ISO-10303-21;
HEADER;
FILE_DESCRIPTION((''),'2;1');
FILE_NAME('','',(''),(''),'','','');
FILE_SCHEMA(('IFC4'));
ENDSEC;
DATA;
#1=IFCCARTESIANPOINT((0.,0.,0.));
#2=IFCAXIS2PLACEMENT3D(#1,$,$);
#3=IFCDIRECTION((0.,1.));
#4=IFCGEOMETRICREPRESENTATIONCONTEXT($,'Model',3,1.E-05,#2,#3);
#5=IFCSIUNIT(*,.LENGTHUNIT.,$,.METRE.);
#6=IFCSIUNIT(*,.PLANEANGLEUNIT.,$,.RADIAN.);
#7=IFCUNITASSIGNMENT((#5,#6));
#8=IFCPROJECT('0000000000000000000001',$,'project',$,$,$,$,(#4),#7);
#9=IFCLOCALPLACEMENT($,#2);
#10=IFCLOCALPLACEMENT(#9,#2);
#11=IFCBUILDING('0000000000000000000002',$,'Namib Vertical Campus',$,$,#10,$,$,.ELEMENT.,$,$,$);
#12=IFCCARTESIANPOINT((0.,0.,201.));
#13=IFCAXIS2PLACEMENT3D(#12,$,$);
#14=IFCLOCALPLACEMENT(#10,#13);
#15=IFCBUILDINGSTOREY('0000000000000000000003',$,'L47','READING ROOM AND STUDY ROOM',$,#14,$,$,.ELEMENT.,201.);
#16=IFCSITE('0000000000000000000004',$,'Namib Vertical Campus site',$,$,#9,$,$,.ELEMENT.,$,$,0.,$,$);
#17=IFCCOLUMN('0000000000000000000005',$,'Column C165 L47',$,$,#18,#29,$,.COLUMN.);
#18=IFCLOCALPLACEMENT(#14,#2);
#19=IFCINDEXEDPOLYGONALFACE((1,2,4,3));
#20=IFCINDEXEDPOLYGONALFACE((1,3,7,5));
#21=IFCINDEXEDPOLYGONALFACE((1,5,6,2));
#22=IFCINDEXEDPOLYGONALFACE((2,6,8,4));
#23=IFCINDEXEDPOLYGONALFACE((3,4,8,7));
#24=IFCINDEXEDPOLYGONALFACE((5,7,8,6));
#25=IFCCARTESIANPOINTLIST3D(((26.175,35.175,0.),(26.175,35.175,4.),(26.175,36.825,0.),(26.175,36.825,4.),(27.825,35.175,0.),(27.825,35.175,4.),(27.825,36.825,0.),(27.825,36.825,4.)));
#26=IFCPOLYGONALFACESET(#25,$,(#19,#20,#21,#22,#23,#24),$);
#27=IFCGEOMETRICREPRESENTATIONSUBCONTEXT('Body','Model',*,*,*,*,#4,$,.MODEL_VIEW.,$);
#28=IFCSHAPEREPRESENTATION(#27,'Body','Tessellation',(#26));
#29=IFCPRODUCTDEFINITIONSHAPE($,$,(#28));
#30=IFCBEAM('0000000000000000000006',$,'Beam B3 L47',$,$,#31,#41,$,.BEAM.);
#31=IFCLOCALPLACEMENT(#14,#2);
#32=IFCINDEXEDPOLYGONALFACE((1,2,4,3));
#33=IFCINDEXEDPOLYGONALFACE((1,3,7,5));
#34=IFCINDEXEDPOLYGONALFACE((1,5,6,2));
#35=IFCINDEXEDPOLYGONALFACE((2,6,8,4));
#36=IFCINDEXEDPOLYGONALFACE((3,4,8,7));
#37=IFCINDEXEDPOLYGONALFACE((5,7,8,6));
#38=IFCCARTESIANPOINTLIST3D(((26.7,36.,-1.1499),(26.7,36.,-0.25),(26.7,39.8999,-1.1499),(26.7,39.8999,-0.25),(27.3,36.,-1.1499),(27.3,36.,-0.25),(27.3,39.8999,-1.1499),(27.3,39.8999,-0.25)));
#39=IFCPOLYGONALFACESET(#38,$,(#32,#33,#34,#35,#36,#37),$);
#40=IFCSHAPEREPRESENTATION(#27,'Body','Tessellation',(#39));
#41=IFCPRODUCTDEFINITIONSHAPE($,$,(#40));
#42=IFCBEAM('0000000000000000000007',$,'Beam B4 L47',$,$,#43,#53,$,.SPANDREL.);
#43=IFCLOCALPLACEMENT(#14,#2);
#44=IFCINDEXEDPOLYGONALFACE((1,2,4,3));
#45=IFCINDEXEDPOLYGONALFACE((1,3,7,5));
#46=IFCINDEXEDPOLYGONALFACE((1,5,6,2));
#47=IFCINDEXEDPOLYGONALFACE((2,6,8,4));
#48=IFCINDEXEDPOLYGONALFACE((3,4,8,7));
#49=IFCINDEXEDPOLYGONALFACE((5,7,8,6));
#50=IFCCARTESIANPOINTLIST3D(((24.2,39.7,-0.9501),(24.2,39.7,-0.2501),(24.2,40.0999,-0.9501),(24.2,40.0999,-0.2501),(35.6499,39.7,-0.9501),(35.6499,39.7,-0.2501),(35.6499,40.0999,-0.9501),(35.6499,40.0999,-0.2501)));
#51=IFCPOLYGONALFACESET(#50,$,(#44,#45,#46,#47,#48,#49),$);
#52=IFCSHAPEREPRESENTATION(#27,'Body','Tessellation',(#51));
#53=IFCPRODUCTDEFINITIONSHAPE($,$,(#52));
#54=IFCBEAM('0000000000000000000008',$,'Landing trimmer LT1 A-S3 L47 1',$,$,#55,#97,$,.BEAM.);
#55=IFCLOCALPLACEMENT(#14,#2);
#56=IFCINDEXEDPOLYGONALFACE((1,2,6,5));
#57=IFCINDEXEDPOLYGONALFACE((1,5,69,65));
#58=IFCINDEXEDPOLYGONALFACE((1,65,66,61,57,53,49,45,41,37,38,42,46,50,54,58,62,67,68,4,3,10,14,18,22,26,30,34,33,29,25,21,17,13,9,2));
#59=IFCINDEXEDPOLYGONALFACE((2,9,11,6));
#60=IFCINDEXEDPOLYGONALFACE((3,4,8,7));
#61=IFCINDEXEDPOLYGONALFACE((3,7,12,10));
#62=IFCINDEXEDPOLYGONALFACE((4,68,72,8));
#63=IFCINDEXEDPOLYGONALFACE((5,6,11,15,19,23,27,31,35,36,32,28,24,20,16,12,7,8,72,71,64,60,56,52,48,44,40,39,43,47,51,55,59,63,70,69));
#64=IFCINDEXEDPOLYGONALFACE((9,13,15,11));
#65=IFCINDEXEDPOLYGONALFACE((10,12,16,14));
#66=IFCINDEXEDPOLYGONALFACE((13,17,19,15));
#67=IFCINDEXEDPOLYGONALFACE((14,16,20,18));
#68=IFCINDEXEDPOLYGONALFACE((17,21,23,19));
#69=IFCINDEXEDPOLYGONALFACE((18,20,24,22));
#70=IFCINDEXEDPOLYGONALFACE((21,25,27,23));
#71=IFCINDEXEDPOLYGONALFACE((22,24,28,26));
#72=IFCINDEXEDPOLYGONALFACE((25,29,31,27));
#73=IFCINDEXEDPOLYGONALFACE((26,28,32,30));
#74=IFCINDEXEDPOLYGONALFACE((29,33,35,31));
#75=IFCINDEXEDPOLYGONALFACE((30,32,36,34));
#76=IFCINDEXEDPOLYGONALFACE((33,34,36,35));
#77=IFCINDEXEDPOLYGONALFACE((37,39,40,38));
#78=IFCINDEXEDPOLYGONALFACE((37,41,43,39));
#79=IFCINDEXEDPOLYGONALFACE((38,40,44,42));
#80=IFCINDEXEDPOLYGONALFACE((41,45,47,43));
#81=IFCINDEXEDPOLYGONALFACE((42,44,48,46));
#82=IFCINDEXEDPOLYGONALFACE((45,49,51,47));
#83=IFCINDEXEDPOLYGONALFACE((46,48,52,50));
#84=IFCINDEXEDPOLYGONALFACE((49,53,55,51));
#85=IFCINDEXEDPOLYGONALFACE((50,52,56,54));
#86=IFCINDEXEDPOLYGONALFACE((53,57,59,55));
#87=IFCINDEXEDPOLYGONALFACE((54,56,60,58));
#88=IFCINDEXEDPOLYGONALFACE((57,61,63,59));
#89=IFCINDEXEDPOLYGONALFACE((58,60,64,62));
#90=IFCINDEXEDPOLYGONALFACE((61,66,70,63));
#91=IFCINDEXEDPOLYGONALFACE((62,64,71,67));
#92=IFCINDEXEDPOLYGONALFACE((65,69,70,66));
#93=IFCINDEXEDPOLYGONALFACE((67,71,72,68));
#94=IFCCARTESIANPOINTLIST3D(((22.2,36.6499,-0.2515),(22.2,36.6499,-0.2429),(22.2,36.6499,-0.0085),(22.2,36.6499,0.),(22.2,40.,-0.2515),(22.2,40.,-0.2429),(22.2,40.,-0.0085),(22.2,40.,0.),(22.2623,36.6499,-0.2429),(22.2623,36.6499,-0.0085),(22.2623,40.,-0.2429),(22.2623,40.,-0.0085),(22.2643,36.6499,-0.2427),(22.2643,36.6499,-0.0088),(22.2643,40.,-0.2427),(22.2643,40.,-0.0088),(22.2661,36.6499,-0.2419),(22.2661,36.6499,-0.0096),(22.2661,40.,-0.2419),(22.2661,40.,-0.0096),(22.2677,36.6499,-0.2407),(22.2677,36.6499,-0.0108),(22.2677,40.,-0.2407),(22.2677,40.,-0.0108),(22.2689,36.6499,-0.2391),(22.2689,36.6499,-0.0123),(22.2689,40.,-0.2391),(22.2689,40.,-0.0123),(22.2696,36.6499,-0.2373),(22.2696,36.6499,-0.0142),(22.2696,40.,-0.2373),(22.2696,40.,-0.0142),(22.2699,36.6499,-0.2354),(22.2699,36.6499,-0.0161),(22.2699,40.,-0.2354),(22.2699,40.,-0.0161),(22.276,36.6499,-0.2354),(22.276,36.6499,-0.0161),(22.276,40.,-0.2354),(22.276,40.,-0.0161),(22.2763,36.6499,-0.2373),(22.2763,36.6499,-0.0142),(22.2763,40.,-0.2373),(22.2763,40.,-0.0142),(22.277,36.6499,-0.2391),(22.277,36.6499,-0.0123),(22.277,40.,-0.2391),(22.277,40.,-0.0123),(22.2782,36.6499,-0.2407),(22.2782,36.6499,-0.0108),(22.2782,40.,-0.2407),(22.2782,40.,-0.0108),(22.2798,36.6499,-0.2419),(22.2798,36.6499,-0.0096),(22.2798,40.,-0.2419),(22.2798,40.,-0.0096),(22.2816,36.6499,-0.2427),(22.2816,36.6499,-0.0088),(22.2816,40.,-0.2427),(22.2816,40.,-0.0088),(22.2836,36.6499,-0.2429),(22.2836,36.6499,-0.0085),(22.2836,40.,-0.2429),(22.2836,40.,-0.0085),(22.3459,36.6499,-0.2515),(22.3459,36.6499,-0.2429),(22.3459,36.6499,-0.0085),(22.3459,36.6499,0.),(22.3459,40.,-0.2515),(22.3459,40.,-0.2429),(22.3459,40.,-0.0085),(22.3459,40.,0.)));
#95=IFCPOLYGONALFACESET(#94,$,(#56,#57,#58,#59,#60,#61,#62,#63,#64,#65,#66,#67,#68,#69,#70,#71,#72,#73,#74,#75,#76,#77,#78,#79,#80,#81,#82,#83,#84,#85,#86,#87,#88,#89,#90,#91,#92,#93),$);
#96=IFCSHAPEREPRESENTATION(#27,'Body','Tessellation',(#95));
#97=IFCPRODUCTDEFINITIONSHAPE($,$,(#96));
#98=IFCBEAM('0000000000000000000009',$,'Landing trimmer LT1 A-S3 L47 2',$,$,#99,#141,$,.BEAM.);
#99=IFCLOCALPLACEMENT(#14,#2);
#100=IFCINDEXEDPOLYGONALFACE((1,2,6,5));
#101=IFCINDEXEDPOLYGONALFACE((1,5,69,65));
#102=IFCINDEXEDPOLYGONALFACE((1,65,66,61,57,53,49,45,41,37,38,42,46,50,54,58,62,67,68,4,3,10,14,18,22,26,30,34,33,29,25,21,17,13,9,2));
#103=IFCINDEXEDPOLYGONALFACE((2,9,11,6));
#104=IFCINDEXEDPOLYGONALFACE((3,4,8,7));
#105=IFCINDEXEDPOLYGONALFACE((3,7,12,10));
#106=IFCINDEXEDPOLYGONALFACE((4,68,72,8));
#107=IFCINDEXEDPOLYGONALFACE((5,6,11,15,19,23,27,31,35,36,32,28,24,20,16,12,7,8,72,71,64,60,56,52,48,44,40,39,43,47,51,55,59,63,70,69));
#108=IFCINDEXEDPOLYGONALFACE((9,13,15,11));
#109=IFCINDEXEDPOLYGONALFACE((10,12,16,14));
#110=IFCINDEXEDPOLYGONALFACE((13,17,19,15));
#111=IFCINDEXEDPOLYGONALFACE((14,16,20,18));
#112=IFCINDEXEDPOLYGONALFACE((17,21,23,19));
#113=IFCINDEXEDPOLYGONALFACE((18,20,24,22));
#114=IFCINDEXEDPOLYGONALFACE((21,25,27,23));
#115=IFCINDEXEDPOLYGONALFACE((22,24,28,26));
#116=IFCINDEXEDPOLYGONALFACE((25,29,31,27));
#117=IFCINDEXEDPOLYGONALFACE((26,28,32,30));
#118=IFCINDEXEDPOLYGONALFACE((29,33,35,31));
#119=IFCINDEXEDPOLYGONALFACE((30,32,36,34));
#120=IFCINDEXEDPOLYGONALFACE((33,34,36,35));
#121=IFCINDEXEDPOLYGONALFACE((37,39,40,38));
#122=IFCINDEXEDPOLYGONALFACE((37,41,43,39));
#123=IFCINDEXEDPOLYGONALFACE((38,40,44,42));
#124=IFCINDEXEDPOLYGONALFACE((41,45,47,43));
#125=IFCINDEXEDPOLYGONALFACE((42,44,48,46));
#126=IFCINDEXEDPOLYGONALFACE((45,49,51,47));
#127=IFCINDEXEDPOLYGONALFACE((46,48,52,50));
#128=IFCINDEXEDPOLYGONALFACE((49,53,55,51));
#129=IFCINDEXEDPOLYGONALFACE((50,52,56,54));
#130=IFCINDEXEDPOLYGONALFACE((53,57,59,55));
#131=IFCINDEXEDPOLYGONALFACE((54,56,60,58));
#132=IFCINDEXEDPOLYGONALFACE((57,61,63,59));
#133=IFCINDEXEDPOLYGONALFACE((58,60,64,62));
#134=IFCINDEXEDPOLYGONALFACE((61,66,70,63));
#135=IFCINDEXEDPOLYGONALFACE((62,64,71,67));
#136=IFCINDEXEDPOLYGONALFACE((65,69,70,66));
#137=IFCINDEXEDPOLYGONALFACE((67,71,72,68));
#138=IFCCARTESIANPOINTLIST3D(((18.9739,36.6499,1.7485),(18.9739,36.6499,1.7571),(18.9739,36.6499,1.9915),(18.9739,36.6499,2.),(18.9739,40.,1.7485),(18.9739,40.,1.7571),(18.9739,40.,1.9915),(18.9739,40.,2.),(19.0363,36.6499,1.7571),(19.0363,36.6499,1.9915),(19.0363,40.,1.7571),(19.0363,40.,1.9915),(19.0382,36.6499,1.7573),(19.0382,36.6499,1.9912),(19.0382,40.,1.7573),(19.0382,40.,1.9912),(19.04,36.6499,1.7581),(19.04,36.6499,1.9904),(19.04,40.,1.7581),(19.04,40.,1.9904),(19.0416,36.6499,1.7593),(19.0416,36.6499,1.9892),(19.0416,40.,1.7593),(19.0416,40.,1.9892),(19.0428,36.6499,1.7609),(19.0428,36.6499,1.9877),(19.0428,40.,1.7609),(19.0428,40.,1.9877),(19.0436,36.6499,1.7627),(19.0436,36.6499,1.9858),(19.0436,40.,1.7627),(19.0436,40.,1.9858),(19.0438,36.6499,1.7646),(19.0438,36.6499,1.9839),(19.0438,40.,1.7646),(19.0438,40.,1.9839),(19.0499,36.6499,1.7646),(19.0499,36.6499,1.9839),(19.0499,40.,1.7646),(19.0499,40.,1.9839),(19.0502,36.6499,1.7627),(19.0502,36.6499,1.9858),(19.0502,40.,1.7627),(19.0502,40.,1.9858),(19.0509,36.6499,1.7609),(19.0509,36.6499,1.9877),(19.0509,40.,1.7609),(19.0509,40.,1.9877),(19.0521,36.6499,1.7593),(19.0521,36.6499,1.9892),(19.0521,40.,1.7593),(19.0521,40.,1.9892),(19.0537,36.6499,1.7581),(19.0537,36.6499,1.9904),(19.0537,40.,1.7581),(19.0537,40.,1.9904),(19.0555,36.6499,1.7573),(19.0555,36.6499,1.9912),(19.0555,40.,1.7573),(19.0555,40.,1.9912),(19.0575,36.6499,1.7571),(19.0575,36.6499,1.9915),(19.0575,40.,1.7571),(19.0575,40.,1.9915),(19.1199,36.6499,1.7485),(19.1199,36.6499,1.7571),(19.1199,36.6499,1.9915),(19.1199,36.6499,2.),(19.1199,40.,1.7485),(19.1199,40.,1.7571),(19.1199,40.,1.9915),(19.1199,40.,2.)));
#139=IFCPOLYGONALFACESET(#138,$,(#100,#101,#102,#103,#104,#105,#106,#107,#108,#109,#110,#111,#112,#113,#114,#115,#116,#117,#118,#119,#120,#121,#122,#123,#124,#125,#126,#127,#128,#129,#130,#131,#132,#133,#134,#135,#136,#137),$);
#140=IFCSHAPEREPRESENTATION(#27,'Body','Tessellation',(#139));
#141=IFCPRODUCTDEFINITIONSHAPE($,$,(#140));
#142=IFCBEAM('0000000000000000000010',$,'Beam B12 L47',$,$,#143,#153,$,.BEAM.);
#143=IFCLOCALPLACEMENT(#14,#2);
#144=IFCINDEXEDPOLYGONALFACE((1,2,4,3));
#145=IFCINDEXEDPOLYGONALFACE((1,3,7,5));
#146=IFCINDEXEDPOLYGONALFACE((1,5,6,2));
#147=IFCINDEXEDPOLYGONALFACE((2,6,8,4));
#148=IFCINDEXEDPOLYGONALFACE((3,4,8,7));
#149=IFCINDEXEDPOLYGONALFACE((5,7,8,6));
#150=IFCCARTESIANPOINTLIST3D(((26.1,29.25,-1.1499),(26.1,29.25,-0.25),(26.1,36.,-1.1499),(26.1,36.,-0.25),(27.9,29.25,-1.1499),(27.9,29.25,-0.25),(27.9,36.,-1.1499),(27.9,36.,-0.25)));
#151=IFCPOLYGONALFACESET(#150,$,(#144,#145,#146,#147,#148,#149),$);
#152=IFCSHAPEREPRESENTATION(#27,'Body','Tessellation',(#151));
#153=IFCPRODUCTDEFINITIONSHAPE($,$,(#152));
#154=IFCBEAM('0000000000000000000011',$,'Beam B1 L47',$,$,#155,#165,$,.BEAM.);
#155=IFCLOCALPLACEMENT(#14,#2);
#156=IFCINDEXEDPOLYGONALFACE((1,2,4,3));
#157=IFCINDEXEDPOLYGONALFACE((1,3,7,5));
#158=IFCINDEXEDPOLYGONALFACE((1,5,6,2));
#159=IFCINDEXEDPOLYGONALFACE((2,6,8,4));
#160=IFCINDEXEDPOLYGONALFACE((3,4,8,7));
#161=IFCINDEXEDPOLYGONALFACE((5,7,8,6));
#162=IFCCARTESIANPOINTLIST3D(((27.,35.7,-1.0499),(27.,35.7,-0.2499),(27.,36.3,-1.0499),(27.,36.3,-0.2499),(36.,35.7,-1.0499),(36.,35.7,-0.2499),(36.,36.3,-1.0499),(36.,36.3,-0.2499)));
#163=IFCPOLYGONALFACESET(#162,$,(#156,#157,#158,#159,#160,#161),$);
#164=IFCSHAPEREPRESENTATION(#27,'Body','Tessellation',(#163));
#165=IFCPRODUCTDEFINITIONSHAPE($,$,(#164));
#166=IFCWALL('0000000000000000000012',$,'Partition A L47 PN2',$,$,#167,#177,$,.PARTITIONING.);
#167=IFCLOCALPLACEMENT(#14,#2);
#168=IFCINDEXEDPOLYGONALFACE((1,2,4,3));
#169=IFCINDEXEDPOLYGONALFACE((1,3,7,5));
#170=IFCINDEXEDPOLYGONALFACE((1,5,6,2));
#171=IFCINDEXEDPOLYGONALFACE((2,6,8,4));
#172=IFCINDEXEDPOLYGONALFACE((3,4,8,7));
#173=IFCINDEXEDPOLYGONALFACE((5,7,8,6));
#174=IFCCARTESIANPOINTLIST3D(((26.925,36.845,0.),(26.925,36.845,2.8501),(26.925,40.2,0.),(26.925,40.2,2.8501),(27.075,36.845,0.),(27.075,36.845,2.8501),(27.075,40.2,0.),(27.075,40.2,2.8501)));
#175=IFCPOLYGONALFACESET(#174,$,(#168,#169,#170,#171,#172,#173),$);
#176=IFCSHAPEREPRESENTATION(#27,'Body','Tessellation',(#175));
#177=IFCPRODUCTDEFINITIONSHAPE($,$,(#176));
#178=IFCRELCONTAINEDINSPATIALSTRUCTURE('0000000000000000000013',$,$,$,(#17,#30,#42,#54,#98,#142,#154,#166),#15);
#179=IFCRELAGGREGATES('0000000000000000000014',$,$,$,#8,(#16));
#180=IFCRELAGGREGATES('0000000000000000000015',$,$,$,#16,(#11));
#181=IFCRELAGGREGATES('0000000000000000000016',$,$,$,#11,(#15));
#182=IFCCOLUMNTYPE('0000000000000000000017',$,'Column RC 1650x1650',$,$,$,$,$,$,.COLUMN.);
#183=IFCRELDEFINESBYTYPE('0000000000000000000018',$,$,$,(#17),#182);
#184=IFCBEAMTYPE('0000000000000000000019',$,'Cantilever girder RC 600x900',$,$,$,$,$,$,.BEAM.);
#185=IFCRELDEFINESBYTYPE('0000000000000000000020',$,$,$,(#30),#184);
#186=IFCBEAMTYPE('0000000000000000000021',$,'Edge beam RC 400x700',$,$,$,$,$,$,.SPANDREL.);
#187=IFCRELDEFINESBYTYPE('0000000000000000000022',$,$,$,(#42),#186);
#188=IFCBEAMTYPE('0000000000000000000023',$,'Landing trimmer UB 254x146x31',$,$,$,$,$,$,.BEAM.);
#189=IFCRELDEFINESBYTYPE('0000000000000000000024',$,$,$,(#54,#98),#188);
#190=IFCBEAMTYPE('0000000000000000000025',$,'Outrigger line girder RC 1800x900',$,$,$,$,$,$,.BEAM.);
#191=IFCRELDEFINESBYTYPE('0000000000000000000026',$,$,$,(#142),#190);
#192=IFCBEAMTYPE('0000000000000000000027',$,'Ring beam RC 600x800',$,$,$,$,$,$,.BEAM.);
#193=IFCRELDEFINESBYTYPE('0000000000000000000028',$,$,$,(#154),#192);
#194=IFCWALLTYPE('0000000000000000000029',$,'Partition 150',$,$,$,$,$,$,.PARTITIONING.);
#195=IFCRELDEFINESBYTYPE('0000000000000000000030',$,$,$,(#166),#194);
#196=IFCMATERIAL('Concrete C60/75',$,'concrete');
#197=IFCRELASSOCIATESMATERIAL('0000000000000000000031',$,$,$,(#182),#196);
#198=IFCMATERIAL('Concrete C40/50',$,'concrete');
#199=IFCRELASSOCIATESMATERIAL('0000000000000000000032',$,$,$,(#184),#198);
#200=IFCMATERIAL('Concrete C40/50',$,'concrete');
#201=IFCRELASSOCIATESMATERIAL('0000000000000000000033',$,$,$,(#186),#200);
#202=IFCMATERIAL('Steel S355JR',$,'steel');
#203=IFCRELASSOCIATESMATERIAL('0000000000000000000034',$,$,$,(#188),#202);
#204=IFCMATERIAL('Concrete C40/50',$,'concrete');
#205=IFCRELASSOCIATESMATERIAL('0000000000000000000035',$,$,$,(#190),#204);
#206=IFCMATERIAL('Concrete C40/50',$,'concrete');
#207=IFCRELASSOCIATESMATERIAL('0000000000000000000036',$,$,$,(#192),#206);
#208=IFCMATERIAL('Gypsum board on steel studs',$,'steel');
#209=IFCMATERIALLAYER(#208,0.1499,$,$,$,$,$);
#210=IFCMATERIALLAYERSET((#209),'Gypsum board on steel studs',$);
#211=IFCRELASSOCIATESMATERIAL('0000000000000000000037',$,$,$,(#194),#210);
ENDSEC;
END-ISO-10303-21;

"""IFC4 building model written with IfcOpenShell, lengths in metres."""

from ifc_helpers import new_model, si_unit, direction, frame, frame_2d, origin, origin_2d, place, context, subcontext, project, spatial, rectangle, i_section, extrude, material, layer, layer_set, material_profile, profile_set, type_object, element, save


model = new_model("IFC4")

# Units and contexts
model_context = context("Model", 3, precision=1e-05, world=origin(), true_north=direction((0.0, 1.0)))
body_context = subcontext(model_context, "Body", "Model", "MODEL_VIEW")
ifc_project = project(units=[si_unit("LENGTHUNIT", "METRE"), si_unit("PLANEANGLEUNIT", "RADIAN")], contexts=[model_context])

# Site, building, storey
site_placement = place(None, origin())
site = spatial("IfcSite", under=ifc_project, at=site_placement, Name="Namib Vertical Campus site", CompositionType="ELEMENT", RefElevation=0.0)
building_placement = place(site_placement, origin())
building = spatial("IfcBuilding", under=site, at=building_placement, Name="Namib Vertical Campus", CompositionType="ELEMENT")
storey_placement = place(building_placement, frame((0.0, 0.0, 201.0)))
storey = spatial("IfcBuildingStorey", under=building, at=storey_placement, Name="L47", Description="READING ROOM AND STUDY ROOM", CompositionType="ELEMENT", Elevation=201.0)

# Column
ifc_material_1 = material(Name="Concrete C60/75", Category="concrete")
ifc_material_profile_1 = material_profile(ifc_material_1, rectangle(XDim=1.6499, YDim=1.6499, at=origin_2d()))
ifc_profile_set_1 = profile_set([ifc_material_profile_1], Name="Concrete C60/75")
column_type = type_object("IfcColumnType", Name="Column RC 1650x1650", PredefinedType="COLUMN", material=ifc_profile_set_1)
column_placement = place(storey_placement, frame((27.0, 36.0, 0.0), z_axis=(0.0, 0.0, 1.0), x_axis=(1.0, 0.0, 0.0)))
element("IfcColumn", 1, at=column_placement, inside=storey, type_object=column_type, Name="Column C165 L47", PredefinedType="COLUMN", context=body_context, shape_type="SweptSolid", body=[
    extrude(rectangle(XDim=1.6499, YDim=1.6499, at=origin_2d()), origin(), (0.0, 0.0, 1.0), 4.0),
])

# Beams
ifc_material_2 = material(Name="Concrete C40/50", Category="concrete")
ifc_material_profile_2 = material_profile(ifc_material_2, rectangle(XDim=0.6001, YDim=0.8999, at=origin_2d()))
ifc_profile_set_2 = profile_set([ifc_material_profile_2], Name="Concrete C40/50")
beam_type_1 = type_object("IfcBeamType", Name="Cantilever girder RC 600x900", PredefinedType="BEAM", material=ifc_profile_set_2)
beam_1_placement = place(storey_placement, frame((27.0, 36.0, -0.7), z_axis=(0.0, 1.0, 0.0), x_axis=(-1.0, 0.0, 0.0)))
element("IfcBeam", 2, at=beam_1_placement, inside=storey, type_object=beam_type_1, Name="Beam B3 L47", PredefinedType="BEAM", context=body_context, shape_type="SweptSolid", body=[
    extrude(rectangle(XDim=0.6001, YDim=0.8999, at=origin_2d()), origin(), (0.0, 0.0, 1.0), 3.8999),
])
ifc_material_3 = material(Name="Concrete C40/50", Category="concrete")
ifc_material_profile_3 = material_profile(ifc_material_3, rectangle(XDim=0.3999, YDim=0.7, at=origin_2d()))
ifc_profile_set_3 = profile_set([ifc_material_profile_3], Name="Concrete C40/50")
beam_type_2 = type_object("IfcBeamType", Name="Edge beam RC 400x700", PredefinedType="SPANDREL", material=ifc_profile_set_3)
beam_2_placement = place(storey_placement, frame((24.2, 39.8999, -0.6001), z_axis=(1.0, 0.0, 0.0), x_axis=(0.0, 1.0, 0.0)))
element("IfcBeam", 3, at=beam_2_placement, inside=storey, type_object=beam_type_2, Name="Beam B4 L47", PredefinedType="SPANDREL", context=body_context, shape_type="SweptSolid", body=[
    extrude(rectangle(XDim=0.3999, YDim=0.7, at=origin_2d()), origin(), (0.0, 0.0, 1.0), 11.45),
])
ifc_material_4 = material(Name="Steel S355JR", Category="steel")
ifc_material_profile_4 = material_profile(ifc_material_4, i_section(OverallWidth=0.146, OverallDepth=0.2515, WebThickness=0.0061, FlangeThickness=0.0085, FilletRadius=0.0076, at=origin_2d()))
ifc_profile_set_4 = profile_set([ifc_material_profile_4], Name="Steel S355JR")
beam_type_3 = type_object("IfcBeamType", Name="Landing trimmer UB 254x146x31", PredefinedType="BEAM", material=ifc_profile_set_4)
for number, where, z_axis, x_axis, name in (
    (4, (22.2729, 36.6499, -0.1257), (0.0, 1.0, 0.0), (-1.0, 0.0, 0.0), "Landing trimmer LT1 A-S3 L47 1"),
    (5, (19.0469, 36.6499, 1.8743), (0.0, 1.0, 0.0), (-1.0, 0.0, 0.0), "Landing trimmer LT1 A-S3 L47 2"),
):
    element("IfcBeam", number, at=place(storey_placement, frame(where, z_axis=z_axis, x_axis=x_axis)), inside=storey, type_object=beam_type_3, Name=name, PredefinedType="BEAM", context=body_context, shape_type="SweptSolid", body=[
        extrude(i_section(OverallWidth=0.146, OverallDepth=0.2515, WebThickness=0.0061, FlangeThickness=0.0085, FilletRadius=0.0076, at=origin_2d()), origin(), (0.0, 0.0, 1.0), 3.3501),
    ])
ifc_material_5 = material(Name="Concrete C40/50", Category="concrete")
ifc_material_profile_5 = material_profile(ifc_material_5, rectangle(XDim=1.8, YDim=0.8999, at=origin_2d()))
ifc_profile_set_5 = profile_set([ifc_material_profile_5], Name="Concrete C40/50")
beam_type_4 = type_object("IfcBeamType", Name="Outrigger line girder RC 1800x900", PredefinedType="BEAM", material=ifc_profile_set_5)
beam_3_placement = place(storey_placement, frame((27.0, 36.0, -0.7), z_axis=(0.0, -1.0, 0.0), x_axis=(1.0, 0.0, 0.0)))
element("IfcBeam", 6, at=beam_3_placement, inside=storey, type_object=beam_type_4, Name="Beam B12 L47", PredefinedType="BEAM", context=body_context, shape_type="SweptSolid", body=[
    extrude(rectangle(XDim=1.8, YDim=0.8999, at=origin_2d()), origin(), (0.0, 0.0, 1.0), 6.75),
])
ifc_material_6 = material(Name="Concrete C40/50", Category="concrete")
ifc_material_profile_6 = material_profile(ifc_material_6, rectangle(XDim=0.6001, YDim=0.8, at=origin_2d()))
ifc_profile_set_6 = profile_set([ifc_material_profile_6], Name="Concrete C40/50")
beam_type_5 = type_object("IfcBeamType", Name="Ring beam RC 600x800", PredefinedType="BEAM", material=ifc_profile_set_6)
beam_4_placement = place(storey_placement, frame((27.0, 36.0, -0.6499), z_axis=(1.0, 0.0, 0.0), x_axis=(0.0, 1.0, 0.0)))
element("IfcBeam", 7, at=beam_4_placement, inside=storey, type_object=beam_type_5, Name="Beam B1 L47", PredefinedType="BEAM", context=body_context, shape_type="SweptSolid", body=[
    extrude(rectangle(XDim=0.6001, YDim=0.8, at=origin_2d()), origin(), (0.0, 0.0, 1.0), 9.0),
])

# Wall
ifc_material_7 = material(Name="Gypsum board on steel studs", Category="steel")
ifc_layer_1 = layer(ifc_material_7, 0.1499)
ifc_layer_set_1 = layer_set([ifc_layer_1], Name="Gypsum board on steel studs")
wall_type_1 = type_object("IfcWallType", Name="Partition 150", PredefinedType="PARTITIONING", material=ifc_layer_set_1)
wall_1_placement = place(storey_placement, frame((27.0, 36.845, 0.0), z_axis=(0.0, 0.0, 1.0), x_axis=(0.0, 1.0, 0.0)))
element("IfcWall", 8, at=wall_1_placement, inside=storey, type_object=wall_type_1, Name="Partition A L47 PN2", PredefinedType="PARTITIONING", context=body_context, shape_type="SweptSolid", body=[
    extrude(rectangle(XDim=3.355, YDim=0.1499, at=frame_2d((1.6775, 0.0))), origin(), (0.0, 0.0, 1.0), 2.8501),
])

save(model, "model.ifc")
